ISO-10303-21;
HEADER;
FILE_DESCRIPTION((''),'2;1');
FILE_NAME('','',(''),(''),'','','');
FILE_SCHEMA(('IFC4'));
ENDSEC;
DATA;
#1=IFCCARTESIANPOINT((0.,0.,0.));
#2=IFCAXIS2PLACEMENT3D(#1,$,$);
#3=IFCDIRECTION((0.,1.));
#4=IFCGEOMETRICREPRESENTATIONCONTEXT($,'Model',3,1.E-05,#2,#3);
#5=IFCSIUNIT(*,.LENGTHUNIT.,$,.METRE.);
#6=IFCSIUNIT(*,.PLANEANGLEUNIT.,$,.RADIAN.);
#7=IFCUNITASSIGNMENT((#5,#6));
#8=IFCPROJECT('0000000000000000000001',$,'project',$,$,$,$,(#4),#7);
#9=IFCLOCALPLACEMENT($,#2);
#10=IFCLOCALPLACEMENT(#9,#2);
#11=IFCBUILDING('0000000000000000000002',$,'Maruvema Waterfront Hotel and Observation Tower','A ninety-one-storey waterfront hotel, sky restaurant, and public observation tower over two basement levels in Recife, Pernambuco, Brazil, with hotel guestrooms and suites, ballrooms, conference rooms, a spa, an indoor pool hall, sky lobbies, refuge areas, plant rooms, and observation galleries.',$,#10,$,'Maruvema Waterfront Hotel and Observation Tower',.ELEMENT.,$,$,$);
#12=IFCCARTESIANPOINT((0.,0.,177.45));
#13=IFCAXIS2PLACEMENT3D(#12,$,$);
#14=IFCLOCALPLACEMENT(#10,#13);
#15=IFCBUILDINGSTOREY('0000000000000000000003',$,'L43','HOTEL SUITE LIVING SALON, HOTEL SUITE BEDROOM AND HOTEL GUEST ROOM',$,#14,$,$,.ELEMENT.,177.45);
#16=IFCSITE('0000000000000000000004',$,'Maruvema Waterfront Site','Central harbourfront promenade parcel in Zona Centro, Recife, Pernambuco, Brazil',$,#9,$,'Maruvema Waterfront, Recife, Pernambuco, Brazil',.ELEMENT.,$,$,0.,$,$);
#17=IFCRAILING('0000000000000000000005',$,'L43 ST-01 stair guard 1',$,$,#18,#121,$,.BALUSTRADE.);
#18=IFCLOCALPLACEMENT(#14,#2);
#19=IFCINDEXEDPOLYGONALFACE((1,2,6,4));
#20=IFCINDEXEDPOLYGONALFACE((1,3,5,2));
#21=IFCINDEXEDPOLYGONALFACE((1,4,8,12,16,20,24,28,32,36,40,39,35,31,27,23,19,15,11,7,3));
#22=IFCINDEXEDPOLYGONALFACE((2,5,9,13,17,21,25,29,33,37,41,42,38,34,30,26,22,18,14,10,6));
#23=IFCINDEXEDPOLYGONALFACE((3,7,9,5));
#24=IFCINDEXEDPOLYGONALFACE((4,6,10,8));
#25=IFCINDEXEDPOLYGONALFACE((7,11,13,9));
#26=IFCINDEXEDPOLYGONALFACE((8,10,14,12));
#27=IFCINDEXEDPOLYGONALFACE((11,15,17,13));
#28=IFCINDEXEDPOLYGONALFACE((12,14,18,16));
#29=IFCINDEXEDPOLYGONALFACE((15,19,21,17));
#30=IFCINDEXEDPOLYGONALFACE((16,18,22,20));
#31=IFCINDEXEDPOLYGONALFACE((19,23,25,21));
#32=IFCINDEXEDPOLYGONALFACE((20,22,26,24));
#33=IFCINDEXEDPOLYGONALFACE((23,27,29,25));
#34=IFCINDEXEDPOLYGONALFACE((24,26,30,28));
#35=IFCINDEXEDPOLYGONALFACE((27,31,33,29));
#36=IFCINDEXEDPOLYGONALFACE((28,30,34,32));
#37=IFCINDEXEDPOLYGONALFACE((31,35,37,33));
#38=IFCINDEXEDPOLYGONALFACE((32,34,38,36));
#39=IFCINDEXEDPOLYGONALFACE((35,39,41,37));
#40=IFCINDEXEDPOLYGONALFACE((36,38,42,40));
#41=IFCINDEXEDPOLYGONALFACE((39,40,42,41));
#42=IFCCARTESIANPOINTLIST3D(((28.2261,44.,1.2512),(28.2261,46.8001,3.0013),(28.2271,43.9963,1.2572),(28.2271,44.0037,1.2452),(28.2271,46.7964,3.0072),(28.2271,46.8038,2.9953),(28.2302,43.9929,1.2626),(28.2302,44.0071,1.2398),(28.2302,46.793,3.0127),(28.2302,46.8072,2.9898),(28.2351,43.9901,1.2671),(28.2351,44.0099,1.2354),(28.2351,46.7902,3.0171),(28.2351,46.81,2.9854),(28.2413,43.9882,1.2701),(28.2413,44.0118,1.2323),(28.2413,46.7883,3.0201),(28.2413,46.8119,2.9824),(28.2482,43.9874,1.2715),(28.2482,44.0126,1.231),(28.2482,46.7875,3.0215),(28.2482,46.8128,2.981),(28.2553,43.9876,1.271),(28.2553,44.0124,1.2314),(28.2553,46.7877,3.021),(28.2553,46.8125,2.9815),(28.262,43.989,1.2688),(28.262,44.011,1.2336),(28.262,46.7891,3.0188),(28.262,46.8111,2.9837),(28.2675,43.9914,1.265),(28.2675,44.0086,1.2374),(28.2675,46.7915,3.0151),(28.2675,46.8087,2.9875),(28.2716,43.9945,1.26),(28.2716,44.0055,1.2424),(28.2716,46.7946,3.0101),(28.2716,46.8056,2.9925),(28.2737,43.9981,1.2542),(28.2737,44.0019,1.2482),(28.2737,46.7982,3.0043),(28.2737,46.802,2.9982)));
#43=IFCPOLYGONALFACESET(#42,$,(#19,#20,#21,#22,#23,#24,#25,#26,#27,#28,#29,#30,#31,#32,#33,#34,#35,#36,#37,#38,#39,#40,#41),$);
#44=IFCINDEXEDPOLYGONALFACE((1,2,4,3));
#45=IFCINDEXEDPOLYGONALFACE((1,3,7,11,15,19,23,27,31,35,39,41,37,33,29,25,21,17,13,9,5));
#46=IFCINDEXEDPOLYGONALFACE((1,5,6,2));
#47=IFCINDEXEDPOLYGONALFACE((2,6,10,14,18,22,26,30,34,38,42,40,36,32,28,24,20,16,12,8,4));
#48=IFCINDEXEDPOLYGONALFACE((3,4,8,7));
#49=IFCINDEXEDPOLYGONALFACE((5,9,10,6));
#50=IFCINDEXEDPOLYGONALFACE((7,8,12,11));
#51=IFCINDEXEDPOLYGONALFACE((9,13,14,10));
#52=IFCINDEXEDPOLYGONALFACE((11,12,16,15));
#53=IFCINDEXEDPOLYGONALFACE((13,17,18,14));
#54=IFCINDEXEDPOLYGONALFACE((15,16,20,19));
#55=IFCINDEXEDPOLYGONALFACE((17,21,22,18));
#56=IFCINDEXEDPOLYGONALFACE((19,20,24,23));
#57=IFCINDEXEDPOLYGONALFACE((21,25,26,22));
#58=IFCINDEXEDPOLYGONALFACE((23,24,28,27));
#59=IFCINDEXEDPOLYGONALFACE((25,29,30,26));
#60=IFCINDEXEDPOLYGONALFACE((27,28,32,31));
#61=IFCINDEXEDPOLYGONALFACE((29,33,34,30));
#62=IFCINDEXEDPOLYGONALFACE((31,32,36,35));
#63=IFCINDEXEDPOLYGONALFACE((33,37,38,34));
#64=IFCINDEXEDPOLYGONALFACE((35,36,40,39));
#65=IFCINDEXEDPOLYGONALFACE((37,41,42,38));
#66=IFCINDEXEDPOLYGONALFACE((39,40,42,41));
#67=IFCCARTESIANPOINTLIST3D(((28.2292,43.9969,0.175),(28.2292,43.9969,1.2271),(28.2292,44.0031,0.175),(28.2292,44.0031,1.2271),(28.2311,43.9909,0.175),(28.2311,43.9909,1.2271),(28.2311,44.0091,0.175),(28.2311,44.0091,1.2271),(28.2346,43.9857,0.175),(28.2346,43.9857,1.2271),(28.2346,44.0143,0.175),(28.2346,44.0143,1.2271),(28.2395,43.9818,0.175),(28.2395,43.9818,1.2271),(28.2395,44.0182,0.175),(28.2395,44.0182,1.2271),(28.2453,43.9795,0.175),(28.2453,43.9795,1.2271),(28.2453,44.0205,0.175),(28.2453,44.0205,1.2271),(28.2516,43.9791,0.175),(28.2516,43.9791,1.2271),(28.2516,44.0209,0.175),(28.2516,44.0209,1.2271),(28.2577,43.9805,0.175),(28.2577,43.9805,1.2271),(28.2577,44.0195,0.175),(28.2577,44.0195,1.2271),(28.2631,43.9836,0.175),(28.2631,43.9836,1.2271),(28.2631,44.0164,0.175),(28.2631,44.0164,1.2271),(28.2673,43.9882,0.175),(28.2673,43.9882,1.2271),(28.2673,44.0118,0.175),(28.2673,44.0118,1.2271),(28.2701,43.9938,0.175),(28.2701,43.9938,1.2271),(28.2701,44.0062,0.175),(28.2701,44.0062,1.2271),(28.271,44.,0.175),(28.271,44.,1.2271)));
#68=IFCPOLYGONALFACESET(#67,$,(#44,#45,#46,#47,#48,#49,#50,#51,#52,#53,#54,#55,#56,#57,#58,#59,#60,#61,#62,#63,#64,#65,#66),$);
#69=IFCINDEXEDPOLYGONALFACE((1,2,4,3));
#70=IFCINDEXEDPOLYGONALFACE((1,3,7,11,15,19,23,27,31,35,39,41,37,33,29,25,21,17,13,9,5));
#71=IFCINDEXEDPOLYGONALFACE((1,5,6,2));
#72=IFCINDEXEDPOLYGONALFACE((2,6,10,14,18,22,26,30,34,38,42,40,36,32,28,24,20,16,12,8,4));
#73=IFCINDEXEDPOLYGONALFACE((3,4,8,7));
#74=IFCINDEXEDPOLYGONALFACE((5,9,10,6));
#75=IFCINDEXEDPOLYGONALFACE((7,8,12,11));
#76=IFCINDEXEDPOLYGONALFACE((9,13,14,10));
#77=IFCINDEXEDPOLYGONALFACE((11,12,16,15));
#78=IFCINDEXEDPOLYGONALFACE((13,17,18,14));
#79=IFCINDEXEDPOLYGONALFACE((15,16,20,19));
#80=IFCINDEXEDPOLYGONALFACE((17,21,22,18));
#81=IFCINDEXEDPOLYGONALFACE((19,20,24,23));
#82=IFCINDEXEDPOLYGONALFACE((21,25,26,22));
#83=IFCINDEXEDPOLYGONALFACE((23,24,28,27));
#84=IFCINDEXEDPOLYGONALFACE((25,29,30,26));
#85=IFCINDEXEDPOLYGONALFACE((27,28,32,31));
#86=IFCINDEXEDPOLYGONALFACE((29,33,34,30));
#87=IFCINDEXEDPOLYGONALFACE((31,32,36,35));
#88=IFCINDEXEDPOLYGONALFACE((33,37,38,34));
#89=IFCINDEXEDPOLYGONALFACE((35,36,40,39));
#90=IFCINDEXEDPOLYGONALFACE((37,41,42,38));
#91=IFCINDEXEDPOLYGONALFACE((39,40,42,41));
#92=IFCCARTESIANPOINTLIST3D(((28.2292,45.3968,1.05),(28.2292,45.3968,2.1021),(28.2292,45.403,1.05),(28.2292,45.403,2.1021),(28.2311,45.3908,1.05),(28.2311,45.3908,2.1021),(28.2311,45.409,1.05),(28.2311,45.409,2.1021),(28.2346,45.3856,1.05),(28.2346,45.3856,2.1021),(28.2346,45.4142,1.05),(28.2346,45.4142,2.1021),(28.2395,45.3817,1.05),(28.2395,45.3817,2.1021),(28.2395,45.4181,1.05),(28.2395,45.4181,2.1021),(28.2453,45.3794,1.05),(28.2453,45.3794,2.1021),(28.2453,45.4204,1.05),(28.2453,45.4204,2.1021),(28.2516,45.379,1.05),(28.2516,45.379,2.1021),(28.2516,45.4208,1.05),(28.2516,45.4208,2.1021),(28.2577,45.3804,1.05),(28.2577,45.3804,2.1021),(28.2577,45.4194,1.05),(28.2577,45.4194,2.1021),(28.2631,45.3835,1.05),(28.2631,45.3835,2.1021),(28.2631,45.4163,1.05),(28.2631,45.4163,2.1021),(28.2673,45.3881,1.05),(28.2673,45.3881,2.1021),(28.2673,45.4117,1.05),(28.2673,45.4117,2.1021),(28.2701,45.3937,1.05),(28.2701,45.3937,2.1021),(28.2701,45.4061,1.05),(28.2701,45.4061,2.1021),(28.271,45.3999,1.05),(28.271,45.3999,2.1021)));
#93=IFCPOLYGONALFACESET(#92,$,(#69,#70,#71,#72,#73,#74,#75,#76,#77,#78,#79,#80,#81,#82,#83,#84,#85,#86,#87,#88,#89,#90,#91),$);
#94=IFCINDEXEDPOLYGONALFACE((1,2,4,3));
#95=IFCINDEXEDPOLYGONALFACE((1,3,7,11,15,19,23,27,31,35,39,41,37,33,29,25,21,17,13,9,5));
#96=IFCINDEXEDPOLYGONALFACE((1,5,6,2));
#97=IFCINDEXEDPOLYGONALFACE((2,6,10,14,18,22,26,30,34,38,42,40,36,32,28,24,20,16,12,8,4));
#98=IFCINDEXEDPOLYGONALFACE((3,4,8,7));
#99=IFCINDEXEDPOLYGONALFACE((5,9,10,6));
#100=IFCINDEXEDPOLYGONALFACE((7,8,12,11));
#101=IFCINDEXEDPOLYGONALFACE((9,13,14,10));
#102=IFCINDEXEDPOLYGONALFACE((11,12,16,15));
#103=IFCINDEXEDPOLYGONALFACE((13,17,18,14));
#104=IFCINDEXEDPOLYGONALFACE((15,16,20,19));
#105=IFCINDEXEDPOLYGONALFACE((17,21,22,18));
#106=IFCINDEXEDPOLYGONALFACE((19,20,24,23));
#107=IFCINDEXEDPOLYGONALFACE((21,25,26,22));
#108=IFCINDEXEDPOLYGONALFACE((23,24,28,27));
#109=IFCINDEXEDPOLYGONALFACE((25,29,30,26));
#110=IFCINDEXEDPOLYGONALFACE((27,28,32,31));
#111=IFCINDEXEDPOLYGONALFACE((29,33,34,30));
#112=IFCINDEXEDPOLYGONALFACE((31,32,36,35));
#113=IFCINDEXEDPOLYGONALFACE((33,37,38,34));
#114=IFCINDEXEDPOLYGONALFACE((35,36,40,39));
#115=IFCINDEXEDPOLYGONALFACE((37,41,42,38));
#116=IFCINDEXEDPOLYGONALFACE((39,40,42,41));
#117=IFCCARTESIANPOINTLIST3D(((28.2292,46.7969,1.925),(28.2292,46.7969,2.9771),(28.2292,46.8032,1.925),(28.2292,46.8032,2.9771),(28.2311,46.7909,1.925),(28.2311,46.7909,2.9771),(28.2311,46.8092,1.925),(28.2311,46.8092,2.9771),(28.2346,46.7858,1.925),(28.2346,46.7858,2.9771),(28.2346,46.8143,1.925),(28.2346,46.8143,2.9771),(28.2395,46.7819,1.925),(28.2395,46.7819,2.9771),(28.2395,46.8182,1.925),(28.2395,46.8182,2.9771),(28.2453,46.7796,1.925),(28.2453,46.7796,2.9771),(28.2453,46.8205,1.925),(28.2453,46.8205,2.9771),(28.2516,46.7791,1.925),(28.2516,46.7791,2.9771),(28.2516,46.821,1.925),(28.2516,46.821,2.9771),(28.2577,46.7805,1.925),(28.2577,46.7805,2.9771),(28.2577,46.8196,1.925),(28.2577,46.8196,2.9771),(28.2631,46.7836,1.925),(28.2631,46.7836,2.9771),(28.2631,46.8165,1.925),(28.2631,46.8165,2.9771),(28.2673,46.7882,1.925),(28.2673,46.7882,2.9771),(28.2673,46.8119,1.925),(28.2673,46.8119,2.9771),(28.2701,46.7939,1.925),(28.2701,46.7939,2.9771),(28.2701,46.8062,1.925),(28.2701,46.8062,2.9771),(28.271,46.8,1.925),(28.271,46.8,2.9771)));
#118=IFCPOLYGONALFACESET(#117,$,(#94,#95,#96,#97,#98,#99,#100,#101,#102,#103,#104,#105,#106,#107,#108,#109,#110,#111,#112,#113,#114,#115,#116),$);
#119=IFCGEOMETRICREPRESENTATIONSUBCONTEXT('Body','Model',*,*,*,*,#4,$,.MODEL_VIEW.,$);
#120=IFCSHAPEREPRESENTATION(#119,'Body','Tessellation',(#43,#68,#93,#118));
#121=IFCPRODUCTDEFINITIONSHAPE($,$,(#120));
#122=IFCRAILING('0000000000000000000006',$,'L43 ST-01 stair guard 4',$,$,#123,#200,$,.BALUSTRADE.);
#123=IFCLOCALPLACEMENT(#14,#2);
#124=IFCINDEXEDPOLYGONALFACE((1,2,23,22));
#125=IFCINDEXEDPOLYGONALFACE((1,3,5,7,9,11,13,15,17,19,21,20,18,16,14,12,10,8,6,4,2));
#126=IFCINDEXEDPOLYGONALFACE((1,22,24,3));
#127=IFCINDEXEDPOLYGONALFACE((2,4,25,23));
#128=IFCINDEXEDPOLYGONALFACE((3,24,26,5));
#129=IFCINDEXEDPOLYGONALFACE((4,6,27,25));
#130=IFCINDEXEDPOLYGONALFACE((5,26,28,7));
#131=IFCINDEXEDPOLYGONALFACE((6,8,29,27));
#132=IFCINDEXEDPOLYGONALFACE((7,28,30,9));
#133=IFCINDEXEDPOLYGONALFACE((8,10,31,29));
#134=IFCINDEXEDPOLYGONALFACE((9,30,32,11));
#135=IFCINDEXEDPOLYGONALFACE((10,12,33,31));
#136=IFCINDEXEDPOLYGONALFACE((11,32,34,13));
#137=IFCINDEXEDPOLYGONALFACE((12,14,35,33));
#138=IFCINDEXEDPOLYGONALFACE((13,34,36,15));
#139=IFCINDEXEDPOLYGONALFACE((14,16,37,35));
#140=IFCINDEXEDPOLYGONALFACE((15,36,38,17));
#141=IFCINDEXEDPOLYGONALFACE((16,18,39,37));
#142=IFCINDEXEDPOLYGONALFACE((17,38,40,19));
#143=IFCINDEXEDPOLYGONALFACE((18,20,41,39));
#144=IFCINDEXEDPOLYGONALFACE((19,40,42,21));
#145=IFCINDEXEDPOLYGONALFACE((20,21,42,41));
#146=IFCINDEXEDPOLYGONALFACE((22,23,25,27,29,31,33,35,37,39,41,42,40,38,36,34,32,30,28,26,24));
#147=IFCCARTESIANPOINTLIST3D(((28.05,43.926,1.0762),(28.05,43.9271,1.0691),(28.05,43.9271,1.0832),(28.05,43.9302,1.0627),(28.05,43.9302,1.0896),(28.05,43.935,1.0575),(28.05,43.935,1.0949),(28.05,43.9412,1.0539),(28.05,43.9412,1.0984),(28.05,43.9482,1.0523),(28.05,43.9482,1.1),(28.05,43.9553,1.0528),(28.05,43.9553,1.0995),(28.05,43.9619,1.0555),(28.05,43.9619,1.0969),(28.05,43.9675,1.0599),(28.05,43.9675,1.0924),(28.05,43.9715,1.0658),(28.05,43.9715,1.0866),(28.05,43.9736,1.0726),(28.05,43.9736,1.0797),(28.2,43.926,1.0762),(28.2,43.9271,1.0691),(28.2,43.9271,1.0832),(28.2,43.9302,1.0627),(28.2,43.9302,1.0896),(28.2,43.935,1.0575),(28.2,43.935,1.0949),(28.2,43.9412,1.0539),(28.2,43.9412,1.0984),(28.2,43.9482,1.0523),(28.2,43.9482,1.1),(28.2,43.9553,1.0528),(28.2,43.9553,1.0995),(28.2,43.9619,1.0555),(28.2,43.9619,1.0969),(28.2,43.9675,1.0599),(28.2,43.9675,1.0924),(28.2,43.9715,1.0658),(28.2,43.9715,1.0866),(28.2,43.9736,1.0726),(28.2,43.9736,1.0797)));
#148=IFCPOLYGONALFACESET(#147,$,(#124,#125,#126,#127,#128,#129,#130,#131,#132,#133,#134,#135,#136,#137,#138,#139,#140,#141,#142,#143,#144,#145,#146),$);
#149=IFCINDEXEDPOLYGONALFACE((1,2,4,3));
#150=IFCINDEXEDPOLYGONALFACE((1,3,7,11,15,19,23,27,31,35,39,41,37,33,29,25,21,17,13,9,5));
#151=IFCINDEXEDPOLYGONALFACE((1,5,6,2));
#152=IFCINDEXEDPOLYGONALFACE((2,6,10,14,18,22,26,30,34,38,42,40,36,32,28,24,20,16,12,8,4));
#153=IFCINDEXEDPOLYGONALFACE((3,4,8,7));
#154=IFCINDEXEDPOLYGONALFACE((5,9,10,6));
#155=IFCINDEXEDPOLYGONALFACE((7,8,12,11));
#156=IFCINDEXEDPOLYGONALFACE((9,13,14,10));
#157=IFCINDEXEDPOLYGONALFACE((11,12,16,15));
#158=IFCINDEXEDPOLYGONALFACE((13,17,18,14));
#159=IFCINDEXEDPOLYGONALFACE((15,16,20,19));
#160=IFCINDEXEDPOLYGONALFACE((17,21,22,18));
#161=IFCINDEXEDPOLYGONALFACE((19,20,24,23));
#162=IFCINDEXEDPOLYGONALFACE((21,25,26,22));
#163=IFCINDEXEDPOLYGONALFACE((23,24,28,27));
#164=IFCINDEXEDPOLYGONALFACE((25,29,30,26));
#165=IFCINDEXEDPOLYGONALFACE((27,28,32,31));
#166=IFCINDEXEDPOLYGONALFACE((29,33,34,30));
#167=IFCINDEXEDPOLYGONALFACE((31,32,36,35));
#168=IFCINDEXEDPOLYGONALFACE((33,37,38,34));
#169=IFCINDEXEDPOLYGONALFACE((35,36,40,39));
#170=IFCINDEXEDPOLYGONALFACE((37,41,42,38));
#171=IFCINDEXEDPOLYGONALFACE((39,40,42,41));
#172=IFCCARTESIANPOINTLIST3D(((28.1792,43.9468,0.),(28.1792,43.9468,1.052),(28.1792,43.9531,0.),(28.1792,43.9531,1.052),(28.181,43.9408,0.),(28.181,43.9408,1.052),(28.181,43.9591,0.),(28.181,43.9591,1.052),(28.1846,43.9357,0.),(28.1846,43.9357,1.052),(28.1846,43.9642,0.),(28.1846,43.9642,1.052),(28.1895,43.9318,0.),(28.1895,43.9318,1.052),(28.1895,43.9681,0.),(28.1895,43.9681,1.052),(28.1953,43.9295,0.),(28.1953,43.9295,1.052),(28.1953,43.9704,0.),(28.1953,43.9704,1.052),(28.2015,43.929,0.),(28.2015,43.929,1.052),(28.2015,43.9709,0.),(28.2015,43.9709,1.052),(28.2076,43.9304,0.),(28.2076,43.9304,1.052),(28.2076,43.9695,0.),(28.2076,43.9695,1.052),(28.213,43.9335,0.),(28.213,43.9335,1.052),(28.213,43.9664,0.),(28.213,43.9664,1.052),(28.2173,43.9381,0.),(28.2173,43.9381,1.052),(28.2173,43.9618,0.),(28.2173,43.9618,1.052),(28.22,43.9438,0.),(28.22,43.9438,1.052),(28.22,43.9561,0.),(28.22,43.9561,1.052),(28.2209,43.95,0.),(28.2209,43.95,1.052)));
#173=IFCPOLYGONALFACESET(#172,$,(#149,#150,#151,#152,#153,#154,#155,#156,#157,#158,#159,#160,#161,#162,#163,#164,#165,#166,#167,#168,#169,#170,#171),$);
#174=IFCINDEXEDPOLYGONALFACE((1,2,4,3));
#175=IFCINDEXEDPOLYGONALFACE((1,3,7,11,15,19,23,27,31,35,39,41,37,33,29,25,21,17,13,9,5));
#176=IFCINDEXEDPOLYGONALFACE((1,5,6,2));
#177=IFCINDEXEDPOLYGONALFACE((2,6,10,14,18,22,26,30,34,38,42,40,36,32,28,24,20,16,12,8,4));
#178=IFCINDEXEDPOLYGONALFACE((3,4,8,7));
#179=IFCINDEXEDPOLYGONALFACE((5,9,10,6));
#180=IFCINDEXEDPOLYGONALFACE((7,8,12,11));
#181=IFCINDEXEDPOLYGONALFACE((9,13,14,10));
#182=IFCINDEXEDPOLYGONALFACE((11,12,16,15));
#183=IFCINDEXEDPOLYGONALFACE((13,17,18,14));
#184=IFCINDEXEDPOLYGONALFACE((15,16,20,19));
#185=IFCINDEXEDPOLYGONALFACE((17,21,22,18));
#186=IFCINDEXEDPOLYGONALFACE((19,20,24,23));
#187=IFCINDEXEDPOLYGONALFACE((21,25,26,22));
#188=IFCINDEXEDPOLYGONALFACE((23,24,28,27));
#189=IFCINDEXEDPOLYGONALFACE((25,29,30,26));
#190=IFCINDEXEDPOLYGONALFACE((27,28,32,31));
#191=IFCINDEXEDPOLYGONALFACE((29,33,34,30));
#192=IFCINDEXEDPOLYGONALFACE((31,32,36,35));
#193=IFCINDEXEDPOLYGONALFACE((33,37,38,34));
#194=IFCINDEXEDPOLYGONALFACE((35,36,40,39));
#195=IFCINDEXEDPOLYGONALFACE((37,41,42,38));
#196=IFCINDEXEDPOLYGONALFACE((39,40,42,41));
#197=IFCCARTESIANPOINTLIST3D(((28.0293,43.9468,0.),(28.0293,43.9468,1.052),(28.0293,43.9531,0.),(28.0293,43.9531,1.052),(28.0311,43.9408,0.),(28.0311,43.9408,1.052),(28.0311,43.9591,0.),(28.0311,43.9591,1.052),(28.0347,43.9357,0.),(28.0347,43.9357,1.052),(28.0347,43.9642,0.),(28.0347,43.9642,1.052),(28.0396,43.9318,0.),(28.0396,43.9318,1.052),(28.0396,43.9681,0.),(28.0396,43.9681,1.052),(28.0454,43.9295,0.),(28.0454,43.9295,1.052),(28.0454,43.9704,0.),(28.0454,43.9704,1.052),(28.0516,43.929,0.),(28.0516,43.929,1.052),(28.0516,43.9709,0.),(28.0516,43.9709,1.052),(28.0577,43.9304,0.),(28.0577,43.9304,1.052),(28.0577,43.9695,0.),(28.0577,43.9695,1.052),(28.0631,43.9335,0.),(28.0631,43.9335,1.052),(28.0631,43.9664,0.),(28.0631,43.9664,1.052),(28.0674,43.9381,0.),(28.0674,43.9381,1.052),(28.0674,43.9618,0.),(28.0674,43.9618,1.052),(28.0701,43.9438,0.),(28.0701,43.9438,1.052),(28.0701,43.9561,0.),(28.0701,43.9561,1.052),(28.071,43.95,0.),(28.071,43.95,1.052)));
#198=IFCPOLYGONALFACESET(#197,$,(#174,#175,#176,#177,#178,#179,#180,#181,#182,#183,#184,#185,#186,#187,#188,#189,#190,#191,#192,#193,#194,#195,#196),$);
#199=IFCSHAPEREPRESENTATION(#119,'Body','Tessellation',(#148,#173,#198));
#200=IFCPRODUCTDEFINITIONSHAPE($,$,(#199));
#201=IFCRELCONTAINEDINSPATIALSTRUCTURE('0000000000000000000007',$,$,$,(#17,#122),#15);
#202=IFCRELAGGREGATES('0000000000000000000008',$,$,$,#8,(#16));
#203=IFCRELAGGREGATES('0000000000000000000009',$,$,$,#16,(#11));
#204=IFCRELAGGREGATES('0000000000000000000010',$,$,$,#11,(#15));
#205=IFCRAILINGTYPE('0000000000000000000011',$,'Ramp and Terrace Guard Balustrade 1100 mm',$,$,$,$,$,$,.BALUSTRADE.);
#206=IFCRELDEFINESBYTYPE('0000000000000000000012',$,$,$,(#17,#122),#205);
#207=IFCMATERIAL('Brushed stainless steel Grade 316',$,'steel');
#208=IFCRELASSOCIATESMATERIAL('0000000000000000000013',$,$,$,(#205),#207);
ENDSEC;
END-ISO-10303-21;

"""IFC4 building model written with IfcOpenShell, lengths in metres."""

from ifc_helpers import new_model, si_unit, direction, frame, origin, origin_2d, place, context, subcontext, project, spatial, circle, extrude, material, type_object, element, save


model = new_model("IFC4")

# Units and contexts
model_context = context("Model", 3, precision=1e-05, world=origin(), true_north=direction((0.0, 1.0)))
body_context = subcontext(model_context, "Body", "Model", "MODEL_VIEW")
ifc_project = project(units=[si_unit("LENGTHUNIT", "METRE"), si_unit("PLANEANGLEUNIT", "RADIAN")], contexts=[model_context])

# Site, building, storey
site_placement = place(None, origin())
site = spatial("IfcSite", under=ifc_project, at=site_placement, Name="Maruvema Waterfront Site", Description="Central harbourfront promenade parcel in Zona Centro, Recife, Pernambuco, Brazil", LongName="Maruvema Waterfront, Recife, Pernambuco, Brazil", CompositionType="ELEMENT", RefElevation=0.0)
building_placement = place(site_placement, origin())
building = spatial("IfcBuilding", under=site, at=building_placement, Name="Maruvema Waterfront Hotel and Observation Tower", Description="A ninety-one-storey waterfront hotel, sky restaurant, and public observation tower over two basement levels in Recife, Pernambuco, Brazil, with hotel guestrooms and suites, ballrooms, conference rooms, a spa, an indoor pool hall, sky lobbies, refuge areas, plant rooms, and observation galleries.", LongName="Maruvema Waterfront Hotel and Observation Tower", CompositionType="ELEMENT")
storey_placement = place(building_placement, frame((0.0, 0.0, 177.45)))
storey = spatial("IfcBuildingStorey", under=building, at=storey_placement, Name="L43", Description="HOTEL SUITE LIVING SALON, HOTEL SUITE BEDROOM AND HOTEL GUEST ROOM", CompositionType="ELEMENT", Elevation=177.45)

# Railings
ifc_material_1 = material(Name="Brushed stainless steel Grade 316", Category="steel")
railing_type_1 = type_object("IfcRailingType", Name="Ramp and Terrace Guard Balustrade 1100 mm", PredefinedType="BALUSTRADE", material=ifc_material_1)
railing_1_placement = place(storey_placement, frame((28.25, 44.0, 0.175)))
element("IfcRailing", 1, at=railing_1_placement, inside=storey, type_object=railing_type_1, Name="L43 ST-01 stair guard 1", PredefinedType="BALUSTRADE", context=body_context, shape_type="SweptSolid", body=[
    extrude(circle(Radius=0.0239, at=origin_2d()), frame((0.0, 0.0, 1.0762), z_axis=(0.0, 0.848002, 0.529992), x_axis=(-1.0, 0.0, 0.0)), (0.0, 0.0, 1.0), 3.302),
    extrude(circle(Radius=0.021, at=origin_2d()), origin(), (0.0, 0.0, 1.0), 1.052),
    extrude(circle(Radius=0.021, at=origin_2d()), frame((0.0, 1.3999, 0.875)), (0.0, 0.0, 1.0), 1.052),
    extrude(circle(Radius=0.021, at=origin_2d()), frame((0.0, 2.8, 1.75)), (0.0, 0.0, 1.0), 1.052),
])
railing_2_placement = place(storey_placement, frame((28.2, 43.95, 0.0)))
element("IfcRailing", 2, at=railing_2_placement, inside=storey, type_object=railing_type_1, Name="L43 ST-01 stair guard 4", PredefinedType="BALUSTRADE", context=body_context, shape_type="SweptSolid", body=[
    extrude(circle(Radius=0.0239, at=origin_2d()), frame((0.0, 0.0, 1.0762), z_axis=(-1.0, 0.0, 0.0), x_axis=(0.0, -1.0, 0.0)), (0.0, 0.0, 1.0), 0.1499),
    extrude(circle(Radius=0.021, at=origin_2d()), origin(), (0.0, 0.0, 1.0), 1.052),
    extrude(circle(Radius=0.021, at=origin_2d()), frame((-0.1499, 0.0, 0.0)), (0.0, 0.0, 1.0), 1.052),
])

save(model, "model.ifc")
